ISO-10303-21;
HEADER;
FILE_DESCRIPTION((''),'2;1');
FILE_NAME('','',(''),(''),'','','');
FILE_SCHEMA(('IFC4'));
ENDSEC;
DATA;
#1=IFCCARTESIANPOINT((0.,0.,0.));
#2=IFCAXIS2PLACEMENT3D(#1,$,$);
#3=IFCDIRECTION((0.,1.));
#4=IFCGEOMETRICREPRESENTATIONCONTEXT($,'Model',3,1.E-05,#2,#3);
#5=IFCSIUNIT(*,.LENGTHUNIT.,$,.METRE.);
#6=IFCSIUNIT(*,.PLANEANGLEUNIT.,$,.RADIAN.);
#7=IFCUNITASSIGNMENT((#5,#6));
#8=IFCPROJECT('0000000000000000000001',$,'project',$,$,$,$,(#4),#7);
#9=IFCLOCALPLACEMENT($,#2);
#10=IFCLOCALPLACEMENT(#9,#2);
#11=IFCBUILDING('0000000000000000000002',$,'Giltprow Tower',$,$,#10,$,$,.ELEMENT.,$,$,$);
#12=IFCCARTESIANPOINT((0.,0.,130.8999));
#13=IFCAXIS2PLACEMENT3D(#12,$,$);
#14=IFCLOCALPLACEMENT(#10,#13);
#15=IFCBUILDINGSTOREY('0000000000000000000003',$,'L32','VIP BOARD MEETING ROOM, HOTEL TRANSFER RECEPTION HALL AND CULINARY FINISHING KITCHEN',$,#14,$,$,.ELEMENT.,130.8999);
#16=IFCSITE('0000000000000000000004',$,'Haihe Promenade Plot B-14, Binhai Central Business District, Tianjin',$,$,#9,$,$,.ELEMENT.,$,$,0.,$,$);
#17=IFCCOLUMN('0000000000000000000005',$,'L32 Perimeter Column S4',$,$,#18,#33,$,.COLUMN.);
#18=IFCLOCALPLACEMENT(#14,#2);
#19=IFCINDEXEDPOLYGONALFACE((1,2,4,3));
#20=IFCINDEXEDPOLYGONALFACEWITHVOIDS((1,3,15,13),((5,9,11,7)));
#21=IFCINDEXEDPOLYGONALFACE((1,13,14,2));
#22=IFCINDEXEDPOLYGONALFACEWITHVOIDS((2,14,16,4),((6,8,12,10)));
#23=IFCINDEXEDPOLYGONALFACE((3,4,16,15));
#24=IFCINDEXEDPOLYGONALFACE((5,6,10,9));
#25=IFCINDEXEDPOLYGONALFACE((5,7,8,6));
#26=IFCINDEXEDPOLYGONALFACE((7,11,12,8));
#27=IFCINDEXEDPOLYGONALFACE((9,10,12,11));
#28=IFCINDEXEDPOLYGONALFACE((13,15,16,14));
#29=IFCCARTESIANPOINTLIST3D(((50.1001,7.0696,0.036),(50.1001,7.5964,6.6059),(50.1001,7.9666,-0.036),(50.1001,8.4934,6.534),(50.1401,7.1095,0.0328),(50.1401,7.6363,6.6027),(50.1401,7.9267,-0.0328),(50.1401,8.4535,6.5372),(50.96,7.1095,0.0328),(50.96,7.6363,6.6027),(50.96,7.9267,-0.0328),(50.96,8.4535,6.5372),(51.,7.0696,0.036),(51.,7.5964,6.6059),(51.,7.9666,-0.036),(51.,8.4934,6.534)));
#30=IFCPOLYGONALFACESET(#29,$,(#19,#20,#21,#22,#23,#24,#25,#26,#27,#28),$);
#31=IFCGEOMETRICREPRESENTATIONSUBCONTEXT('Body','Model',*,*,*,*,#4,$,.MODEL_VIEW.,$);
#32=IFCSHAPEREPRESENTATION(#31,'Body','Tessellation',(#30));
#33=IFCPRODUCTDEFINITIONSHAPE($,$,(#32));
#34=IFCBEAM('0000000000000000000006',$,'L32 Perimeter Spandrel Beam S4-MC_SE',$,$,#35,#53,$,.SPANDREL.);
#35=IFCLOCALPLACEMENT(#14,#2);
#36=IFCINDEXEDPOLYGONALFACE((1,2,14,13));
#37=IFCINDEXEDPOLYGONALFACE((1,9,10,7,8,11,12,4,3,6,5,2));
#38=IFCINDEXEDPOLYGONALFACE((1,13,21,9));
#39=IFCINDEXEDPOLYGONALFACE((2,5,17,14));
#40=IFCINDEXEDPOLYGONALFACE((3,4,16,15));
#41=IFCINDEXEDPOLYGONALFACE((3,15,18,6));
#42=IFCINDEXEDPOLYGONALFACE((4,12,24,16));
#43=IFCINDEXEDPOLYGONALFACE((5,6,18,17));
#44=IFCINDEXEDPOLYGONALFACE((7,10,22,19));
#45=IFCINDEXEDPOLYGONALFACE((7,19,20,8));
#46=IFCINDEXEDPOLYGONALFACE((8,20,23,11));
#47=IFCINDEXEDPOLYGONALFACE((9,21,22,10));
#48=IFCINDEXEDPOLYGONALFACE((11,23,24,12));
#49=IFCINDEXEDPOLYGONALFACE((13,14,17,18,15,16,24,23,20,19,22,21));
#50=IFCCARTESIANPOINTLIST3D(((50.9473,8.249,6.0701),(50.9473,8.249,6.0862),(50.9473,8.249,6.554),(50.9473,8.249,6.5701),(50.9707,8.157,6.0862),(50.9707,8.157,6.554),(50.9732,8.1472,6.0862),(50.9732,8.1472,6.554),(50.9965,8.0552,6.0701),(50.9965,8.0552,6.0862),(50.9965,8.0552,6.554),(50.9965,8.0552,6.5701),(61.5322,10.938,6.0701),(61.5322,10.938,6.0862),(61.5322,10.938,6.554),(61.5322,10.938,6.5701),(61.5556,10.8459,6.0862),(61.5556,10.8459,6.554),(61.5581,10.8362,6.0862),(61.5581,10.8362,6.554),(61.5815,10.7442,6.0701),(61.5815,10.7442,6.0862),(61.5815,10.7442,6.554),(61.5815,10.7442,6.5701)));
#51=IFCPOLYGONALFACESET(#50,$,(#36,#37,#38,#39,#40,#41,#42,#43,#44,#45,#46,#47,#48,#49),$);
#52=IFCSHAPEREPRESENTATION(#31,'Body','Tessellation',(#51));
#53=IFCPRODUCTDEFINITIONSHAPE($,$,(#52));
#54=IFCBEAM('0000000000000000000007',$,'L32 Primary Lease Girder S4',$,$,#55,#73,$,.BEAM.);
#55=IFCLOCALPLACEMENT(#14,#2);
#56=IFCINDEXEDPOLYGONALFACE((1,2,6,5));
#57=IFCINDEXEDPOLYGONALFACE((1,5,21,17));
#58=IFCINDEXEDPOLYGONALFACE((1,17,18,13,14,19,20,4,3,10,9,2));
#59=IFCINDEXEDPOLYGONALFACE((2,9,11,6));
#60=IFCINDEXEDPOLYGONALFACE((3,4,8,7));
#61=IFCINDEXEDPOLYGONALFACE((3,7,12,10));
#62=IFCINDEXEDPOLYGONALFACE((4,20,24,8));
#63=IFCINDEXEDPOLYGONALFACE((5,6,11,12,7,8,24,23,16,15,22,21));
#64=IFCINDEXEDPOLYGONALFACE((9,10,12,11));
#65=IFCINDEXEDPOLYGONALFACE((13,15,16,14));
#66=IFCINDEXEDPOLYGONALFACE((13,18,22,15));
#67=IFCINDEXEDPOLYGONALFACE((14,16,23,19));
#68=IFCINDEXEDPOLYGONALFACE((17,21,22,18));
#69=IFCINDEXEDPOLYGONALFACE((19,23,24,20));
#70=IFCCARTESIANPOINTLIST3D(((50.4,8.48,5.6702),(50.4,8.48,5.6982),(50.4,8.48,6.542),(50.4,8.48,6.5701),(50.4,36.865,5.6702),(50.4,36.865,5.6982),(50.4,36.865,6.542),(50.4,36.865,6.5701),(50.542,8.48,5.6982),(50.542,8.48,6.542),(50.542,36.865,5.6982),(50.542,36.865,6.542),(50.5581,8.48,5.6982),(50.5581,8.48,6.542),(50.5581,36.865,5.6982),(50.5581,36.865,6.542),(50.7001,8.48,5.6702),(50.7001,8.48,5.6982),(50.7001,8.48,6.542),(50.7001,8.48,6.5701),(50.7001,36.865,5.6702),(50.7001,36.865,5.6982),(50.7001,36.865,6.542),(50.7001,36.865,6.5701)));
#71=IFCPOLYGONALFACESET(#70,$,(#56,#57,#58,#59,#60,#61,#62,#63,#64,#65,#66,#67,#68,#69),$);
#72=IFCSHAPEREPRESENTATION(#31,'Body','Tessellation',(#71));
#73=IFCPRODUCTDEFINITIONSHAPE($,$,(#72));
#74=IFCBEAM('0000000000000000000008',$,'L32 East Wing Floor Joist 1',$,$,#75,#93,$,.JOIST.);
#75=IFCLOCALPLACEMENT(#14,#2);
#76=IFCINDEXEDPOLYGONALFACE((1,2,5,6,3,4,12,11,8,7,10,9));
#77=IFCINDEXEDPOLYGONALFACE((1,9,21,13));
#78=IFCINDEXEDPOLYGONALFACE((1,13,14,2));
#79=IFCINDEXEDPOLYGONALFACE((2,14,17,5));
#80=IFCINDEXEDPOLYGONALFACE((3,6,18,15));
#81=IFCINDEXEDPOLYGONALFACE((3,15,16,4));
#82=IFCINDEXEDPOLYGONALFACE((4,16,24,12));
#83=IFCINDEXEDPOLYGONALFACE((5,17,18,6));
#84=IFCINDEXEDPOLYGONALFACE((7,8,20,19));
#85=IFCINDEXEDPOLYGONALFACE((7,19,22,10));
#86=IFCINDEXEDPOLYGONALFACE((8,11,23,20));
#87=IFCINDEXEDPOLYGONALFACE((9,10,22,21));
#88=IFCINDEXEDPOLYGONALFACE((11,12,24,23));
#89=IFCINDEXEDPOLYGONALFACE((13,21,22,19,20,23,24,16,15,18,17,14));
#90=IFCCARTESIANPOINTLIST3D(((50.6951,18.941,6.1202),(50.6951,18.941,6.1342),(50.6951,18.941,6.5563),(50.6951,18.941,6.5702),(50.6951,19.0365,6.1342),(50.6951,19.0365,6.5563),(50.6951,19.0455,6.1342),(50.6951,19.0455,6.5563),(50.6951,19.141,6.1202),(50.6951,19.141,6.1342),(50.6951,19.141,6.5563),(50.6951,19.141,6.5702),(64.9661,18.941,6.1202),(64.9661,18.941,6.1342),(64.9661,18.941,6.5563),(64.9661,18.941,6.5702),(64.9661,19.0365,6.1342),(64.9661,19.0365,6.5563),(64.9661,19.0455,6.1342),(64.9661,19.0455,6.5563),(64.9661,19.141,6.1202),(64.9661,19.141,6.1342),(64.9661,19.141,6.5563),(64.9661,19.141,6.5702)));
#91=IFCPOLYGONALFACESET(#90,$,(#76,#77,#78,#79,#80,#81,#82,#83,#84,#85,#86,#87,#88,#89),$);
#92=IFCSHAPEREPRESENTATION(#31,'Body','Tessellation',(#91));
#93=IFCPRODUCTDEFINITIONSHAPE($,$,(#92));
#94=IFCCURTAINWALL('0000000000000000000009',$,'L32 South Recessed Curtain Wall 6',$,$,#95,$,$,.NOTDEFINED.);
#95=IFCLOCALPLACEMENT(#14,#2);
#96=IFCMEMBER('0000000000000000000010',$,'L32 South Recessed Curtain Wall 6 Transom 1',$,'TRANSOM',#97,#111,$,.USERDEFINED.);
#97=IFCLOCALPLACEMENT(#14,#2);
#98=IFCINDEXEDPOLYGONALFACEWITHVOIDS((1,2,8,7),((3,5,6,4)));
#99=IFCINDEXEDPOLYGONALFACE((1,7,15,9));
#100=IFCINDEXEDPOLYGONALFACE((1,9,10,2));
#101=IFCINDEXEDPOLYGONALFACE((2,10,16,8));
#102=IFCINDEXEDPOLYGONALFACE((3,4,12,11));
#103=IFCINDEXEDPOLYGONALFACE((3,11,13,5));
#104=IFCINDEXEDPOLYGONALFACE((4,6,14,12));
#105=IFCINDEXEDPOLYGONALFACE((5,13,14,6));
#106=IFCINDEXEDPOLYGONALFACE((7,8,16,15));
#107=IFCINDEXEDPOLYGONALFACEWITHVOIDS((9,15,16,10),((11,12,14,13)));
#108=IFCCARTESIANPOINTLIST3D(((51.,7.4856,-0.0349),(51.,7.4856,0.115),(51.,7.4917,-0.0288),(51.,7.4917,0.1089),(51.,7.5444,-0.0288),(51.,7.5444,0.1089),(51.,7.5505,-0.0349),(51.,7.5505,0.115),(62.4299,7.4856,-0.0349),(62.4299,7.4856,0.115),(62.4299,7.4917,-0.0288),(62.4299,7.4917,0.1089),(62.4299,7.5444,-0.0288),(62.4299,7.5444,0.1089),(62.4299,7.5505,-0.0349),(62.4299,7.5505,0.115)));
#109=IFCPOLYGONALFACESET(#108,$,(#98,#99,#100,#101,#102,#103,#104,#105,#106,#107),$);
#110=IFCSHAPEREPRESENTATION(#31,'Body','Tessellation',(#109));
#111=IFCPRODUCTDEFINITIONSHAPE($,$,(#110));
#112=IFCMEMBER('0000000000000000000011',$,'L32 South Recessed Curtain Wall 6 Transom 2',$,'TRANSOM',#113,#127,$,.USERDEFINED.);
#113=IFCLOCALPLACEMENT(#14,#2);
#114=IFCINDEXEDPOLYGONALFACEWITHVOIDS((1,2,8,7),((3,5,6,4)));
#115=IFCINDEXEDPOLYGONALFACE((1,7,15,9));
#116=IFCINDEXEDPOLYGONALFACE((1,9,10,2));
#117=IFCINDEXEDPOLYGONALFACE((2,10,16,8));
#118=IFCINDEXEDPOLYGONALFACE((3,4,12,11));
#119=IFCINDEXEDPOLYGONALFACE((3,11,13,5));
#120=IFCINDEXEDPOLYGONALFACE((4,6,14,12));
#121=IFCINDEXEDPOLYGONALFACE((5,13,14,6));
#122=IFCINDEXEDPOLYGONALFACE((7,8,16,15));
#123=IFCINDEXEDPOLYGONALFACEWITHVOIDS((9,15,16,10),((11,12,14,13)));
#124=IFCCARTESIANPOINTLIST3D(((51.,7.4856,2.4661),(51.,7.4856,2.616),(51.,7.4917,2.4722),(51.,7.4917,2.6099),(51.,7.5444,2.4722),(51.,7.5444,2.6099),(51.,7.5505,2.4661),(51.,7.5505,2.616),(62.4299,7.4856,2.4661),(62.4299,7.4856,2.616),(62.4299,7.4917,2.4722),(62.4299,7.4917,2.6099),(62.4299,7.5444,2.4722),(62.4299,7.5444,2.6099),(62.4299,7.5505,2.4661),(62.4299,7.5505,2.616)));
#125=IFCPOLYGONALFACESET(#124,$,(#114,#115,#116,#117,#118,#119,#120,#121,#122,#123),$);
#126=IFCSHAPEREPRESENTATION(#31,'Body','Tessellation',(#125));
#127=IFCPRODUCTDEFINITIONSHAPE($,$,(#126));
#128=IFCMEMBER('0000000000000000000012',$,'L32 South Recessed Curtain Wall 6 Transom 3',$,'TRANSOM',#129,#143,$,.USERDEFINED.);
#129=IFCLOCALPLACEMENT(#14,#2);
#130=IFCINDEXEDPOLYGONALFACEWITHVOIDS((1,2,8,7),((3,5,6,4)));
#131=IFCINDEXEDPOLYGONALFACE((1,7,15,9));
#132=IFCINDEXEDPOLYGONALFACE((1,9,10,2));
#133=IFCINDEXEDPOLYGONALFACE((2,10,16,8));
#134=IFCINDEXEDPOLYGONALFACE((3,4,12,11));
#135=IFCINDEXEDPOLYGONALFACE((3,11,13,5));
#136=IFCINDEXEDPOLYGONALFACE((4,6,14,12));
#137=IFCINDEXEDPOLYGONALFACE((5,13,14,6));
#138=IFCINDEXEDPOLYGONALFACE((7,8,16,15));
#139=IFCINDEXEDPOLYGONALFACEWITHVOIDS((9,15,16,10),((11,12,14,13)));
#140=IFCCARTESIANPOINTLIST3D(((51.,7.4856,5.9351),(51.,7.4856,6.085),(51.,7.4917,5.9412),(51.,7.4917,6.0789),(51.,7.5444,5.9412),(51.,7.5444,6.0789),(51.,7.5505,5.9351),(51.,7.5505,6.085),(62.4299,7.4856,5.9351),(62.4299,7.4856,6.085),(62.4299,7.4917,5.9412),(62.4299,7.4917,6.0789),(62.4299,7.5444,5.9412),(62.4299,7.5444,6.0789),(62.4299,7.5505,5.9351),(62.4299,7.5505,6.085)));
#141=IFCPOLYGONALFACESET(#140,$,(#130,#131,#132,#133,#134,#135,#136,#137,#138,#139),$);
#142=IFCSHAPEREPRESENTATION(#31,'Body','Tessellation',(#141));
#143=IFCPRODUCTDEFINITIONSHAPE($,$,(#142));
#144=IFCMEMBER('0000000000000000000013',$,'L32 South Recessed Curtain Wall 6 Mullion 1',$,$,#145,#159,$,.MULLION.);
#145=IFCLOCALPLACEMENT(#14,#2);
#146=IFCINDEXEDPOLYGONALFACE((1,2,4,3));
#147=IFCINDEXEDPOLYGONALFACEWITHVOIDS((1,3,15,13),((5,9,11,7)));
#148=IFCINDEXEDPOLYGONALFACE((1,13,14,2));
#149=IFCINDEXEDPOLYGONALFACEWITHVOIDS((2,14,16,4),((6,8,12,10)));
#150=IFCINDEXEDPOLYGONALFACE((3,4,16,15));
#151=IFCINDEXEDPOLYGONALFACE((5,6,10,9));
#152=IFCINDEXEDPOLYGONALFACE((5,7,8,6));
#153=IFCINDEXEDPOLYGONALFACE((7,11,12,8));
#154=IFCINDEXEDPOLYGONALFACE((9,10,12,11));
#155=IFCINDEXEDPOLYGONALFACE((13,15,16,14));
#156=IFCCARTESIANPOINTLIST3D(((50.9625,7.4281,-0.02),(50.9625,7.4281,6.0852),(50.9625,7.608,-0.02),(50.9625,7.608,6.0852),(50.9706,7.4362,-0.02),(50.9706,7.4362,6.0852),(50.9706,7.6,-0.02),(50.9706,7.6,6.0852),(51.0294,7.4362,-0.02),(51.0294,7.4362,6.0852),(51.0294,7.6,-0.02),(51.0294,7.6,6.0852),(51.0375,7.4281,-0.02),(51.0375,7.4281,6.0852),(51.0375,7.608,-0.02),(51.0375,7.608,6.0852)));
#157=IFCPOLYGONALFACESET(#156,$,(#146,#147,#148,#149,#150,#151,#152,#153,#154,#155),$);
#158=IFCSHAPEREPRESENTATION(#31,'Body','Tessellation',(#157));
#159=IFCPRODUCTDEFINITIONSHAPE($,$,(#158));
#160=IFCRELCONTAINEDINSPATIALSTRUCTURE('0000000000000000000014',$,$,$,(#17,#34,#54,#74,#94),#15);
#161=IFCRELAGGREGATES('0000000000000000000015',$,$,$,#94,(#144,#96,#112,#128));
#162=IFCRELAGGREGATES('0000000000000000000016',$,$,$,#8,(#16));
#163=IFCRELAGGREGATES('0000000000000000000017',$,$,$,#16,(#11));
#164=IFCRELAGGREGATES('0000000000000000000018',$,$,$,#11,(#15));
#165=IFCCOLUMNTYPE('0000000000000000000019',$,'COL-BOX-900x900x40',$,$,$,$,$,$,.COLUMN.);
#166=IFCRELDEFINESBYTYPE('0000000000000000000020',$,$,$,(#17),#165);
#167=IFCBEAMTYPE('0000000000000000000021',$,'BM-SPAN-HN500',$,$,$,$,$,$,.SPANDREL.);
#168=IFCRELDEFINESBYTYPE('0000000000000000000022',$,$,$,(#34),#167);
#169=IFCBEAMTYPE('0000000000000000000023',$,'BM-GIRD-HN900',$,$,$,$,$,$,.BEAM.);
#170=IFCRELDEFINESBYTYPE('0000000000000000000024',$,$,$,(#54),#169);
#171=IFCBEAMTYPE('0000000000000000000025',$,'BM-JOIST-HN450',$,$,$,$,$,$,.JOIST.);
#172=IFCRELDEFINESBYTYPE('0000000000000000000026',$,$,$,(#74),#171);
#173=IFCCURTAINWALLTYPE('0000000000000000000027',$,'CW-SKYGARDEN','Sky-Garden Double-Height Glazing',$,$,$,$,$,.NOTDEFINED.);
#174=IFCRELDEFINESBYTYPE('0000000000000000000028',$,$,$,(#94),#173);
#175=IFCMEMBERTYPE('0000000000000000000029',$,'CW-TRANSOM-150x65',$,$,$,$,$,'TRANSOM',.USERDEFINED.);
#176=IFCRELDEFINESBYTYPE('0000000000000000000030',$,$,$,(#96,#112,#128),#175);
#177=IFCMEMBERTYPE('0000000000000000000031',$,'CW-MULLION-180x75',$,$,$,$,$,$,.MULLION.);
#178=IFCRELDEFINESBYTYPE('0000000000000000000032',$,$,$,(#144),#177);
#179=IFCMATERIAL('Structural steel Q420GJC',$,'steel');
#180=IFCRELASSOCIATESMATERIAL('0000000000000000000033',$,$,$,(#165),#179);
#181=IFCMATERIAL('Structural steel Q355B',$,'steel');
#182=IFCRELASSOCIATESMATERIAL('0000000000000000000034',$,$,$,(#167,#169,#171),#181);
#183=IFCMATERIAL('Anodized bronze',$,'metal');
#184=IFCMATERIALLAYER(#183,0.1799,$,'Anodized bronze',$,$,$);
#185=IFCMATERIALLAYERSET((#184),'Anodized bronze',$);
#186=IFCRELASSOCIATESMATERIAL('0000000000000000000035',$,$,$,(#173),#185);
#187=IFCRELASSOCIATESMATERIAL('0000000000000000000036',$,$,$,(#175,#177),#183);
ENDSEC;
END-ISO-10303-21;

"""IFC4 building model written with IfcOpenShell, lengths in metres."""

from ifc_helpers import new_model, si_unit, direction, frame, origin, origin_2d, place, context, subcontext, project, spatial, hollow_rectangle, i_section, extrude, source, transform, mapped, material, layer, layer_set, material_profile, profile_set, type_object, element, aggregate, save


model = new_model("IFC4")

# Units and contexts
model_context = context("Model", 3, precision=1e-05, world=origin(), true_north=direction((0.0, 1.0)))
body_context = subcontext(model_context, "Body", "Model", "MODEL_VIEW")
ifc_project = project(units=[si_unit("LENGTHUNIT", "METRE"), si_unit("PLANEANGLEUNIT", "RADIAN")], contexts=[model_context])

# Site, building, storey
site_placement = place(None, origin())
site = spatial("IfcSite", under=ifc_project, at=site_placement, Name="Haihe Promenade Plot B-14, Binhai Central Business District, Tianjin", CompositionType="ELEMENT", RefElevation=0.0)
building_placement = place(site_placement, origin())
building = spatial("IfcBuilding", under=site, at=building_placement, Name="Giltprow Tower", CompositionType="ELEMENT")
storey_placement = place(building_placement, frame((0.0, 0.0, 130.8999)))
storey = spatial("IfcBuildingStorey", under=building, at=storey_placement, Name="L32", Description="VIP BOARD MEETING ROOM, HOTEL TRANSFER RECEPTION HALL AND CULINARY FINISHING KITCHEN", CompositionType="ELEMENT", Elevation=130.8999)

# Column
ifc_material_1 = material(Name="Structural steel Q420GJC", Category="steel")
ifc_material_profile_1 = material_profile(ifc_material_1, hollow_rectangle(XDim=0.8999, YDim=0.8999, WallThickness=0.04, at=origin_2d()), Name="BOX 900x900x40")
ifc_profile_set_1 = profile_set([ifc_material_profile_1], Name="Structural steel Q420GJC")
column_type = type_object("IfcColumnType", Name="COL-BOX-900x900x40", PredefinedType="COLUMN", material=ifc_profile_set_1)
shared_shape_1 = source(origin(), body_context, "Body", "SweptSolid", [
    extrude(hollow_rectangle(XDim=0.8999, YDim=0.8999, WallThickness=0.04, at=origin_2d()), origin(), (0.0, 0.0, 1.0), 6.5911),
])
column_placement = place(storey_placement, frame((50.55, 7.5181, 0.0), z_axis=(0.0, 0.079934, 0.9968), x_axis=(-1.0, 0.0, 0.0)))
element("IfcColumn", 1, at=column_placement, inside=storey, type_object=column_type, Name="L32 Perimeter Column S4", PredefinedType="COLUMN", context=body_context, shape_type="MappedRepresentation", body=[
    mapped(shared_shape_1, transform((0.0, 0.0, 0.0), x_axis=(1.0, 0.0, 0.0), y_axis=(0.0, 1.0, 0.0), z_axis=(0.0, 0.0, 1.0), scale=1.0)),
])

# Beams
ifc_material_2 = material(Name="Structural steel Q355B", Category="steel")
ifc_material_profile_2 = material_profile(ifc_material_2, i_section(OverallWidth=0.2, OverallDepth=0.5, WebThickness=0.01, FlangeThickness=0.0161, at=origin_2d()), Name="HN 500x200x10x16")
ifc_profile_set_2 = profile_set([ifc_material_profile_2], Name="Structural steel Q355B")
beam_type_1 = type_object("IfcBeamType", Name="BM-SPAN-HN500", PredefinedType="SPANDREL", material=ifc_profile_set_2)
shared_shape_2 = source(origin(), body_context, "Body", "SweptSolid", [
    extrude(i_section(OverallWidth=0.2, OverallDepth=0.5, WebThickness=0.01, FlangeThickness=0.0161, at=origin_2d()), origin(), (0.0, 0.0, 1.0), 10.9211),
])
beam_1_placement = place(storey_placement, frame((50.9719, 8.1521, 6.3201), z_axis=(0.969215, 0.246216, 0.0), x_axis=(-0.246216, 0.969215, 0.0)))
element("IfcBeam", 2, at=beam_1_placement, inside=storey, type_object=beam_type_1, Name="L32 Perimeter Spandrel Beam S4-MC_SE", PredefinedType="SPANDREL", context=body_context, shape_type="MappedRepresentation", body=[
    mapped(shared_shape_2, transform((0.0, 0.0, 0.0), x_axis=(1.0, 0.0, 0.0), y_axis=(0.0, 1.0, 0.0), z_axis=(0.0, 0.0, 1.0), scale=1.0)),
])
ifc_material_profile_3 = material_profile(ifc_material_2, i_section(OverallWidth=0.3, OverallDepth=0.8999, WebThickness=0.0161, FlangeThickness=0.0281, at=origin_2d()), Name="HN 900x300x16x28")
ifc_profile_set_3 = profile_set([ifc_material_profile_3], Name="Structural steel Q355B")
beam_type_2 = type_object("IfcBeamType", Name="BM-GIRD-HN900", PredefinedType="BEAM", material=ifc_profile_set_3)
shared_shape_3 = source(origin(), body_context, "Body", "SweptSolid", [
    extrude(i_section(OverallWidth=0.3, OverallDepth=0.8999, WebThickness=0.0161, FlangeThickness=0.0281, at=origin_2d()), origin(), (0.0, 0.0, 1.0), 28.385),
])
beam_2_placement = place(storey_placement, frame((50.55, 8.48, 6.1201), z_axis=(0.0, 1.0, 0.0), x_axis=(-1.0, 0.0, 0.0)))
element("IfcBeam", 3, at=beam_2_placement, inside=storey, type_object=beam_type_2, Name="L32 Primary Lease Girder S4", PredefinedType="BEAM", context=body_context, shape_type="MappedRepresentation", body=[
    mapped(shared_shape_3, transform((0.0, 0.0, 0.0), x_axis=(1.0, 0.0, 0.0), y_axis=(0.0, 1.0, 0.0), z_axis=(0.0, 0.0, 1.0), scale=1.0)),
])
ifc_material_profile_4 = material_profile(ifc_material_2, i_section(OverallWidth=0.2, OverallDepth=0.45, WebThickness=0.009, FlangeThickness=0.0139, at=origin_2d()), Name="HN 450x200x9x14")
ifc_profile_set_4 = profile_set([ifc_material_profile_4], Name="Structural steel Q355B")
beam_type_3 = type_object("IfcBeamType", Name="BM-JOIST-HN450", PredefinedType="JOIST", material=ifc_profile_set_4)
shared_shape_4 = source(origin(), body_context, "Body", "SweptSolid", [
    extrude(i_section(OverallWidth=0.2, OverallDepth=0.45, WebThickness=0.009, FlangeThickness=0.0139, at=origin_2d()), origin(), (0.0, 0.0, 1.0), 14.271),
])
beam_3_placement = place(storey_placement, frame((50.6951, 19.041, 6.3452), z_axis=(1.0, 0.0, 0.0), x_axis=(0.0, 1.0, 0.0)))
element("IfcBeam", 4, at=beam_3_placement, inside=storey, type_object=beam_type_3, Name="L32 East Wing Floor Joist 1", PredefinedType="JOIST", context=body_context, shape_type="MappedRepresentation", body=[
    mapped(shared_shape_4, transform((0.0, 0.0, 0.0), x_axis=(1.0, 0.0, 0.0), y_axis=(0.0, 1.0, 0.0), z_axis=(0.0, 0.0, 1.0), scale=1.0)),
])

# Curtain wall, members
ifc_material_3 = material(Name="Anodized bronze", Category="metal")
ifc_layer = layer(ifc_material_3, 0.1799, Name="Anodized bronze")
ifc_layer_set = layer_set([ifc_layer], Name="Anodized bronze")
curtain_wall_type = type_object("IfcCurtainWallType", Name="CW-SKYGARDEN", Description="Sky-Garden Double-Height Glazing", PredefinedType="NOTDEFINED", material=ifc_layer_set)
curtain_wall_placement = place(storey_placement, origin())
curtain_wall = element("IfcCurtainWall", 5, at=curtain_wall_placement, inside=storey, type_object=curtain_wall_type, Name="L32 South Recessed Curtain Wall 6", PredefinedType="NOTDEFINED")
ifc_material_profile_5 = material_profile(ifc_material_3, hollow_rectangle(XDim=0.0649, YDim=0.1499, WallThickness=0.0061, at=origin_2d()), Name="RHS 150x65x6")
ifc_profile_set_5 = profile_set([ifc_material_profile_5], Name="Anodized bronze")
member_type_1 = type_object("IfcMemberType", Name="CW-TRANSOM-150x65", ElementType="TRANSOM", PredefinedType="USERDEFINED", material=ifc_profile_set_5)
shared_shape_5 = source(origin(), body_context, "Body", "SweptSolid", [
    extrude(hollow_rectangle(XDim=0.0649, YDim=0.1499, WallThickness=0.0061, at=origin_2d()), origin(), (0.0, 0.0, 1.0), 11.4299),
])
member_1_placement = place(storey_placement, frame((51.0, 7.5181, 0.04), z_axis=(1.0, 0.0, 0.0), x_axis=(0.0, 1.0, 0.0)))
member_1 = element("IfcMember", 6, at=member_1_placement, type_object=member_type_1, Name="L32 South Recessed Curtain Wall 6 Transom 1", ObjectType="TRANSOM", PredefinedType="USERDEFINED", context=body_context, shape_type="MappedRepresentation", body=[
    mapped(shared_shape_5, transform((0.0, 0.0, 0.0), x_axis=(1.0, 0.0, 0.0), y_axis=(0.0, 1.0, 0.0), z_axis=(0.0, 0.0, 1.0), scale=1.0)),
])
member_2_placement = place(storey_placement, frame((51.0, 7.5181, 2.541), z_axis=(1.0, 0.0, 0.0), x_axis=(0.0, 1.0, 0.0)))
member_2 = element("IfcMember", 7, at=member_2_placement, type_object=member_type_1, Name="L32 South Recessed Curtain Wall 6 Transom 2", ObjectType="TRANSOM", PredefinedType="USERDEFINED", context=body_context, shape_type="MappedRepresentation", body=[
    mapped(shared_shape_5, transform((0.0, 0.0, 0.0), x_axis=(1.0, 0.0, 0.0), y_axis=(0.0, 1.0, 0.0), z_axis=(0.0, 0.0, 1.0), scale=1.0)),
])
member_3_placement = place(storey_placement, frame((51.0, 7.5181, 6.01), z_axis=(1.0, 0.0, 0.0), x_axis=(0.0, 1.0, 0.0)))
member_3 = element("IfcMember", 8, at=member_3_placement, type_object=member_type_1, Name="L32 South Recessed Curtain Wall 6 Transom 3", ObjectType="TRANSOM", PredefinedType="USERDEFINED", context=body_context, shape_type="MappedRepresentation", body=[
    mapped(shared_shape_5, transform((0.0, 0.0, 0.0), x_axis=(1.0, 0.0, 0.0), y_axis=(0.0, 1.0, 0.0), z_axis=(0.0, 0.0, 1.0), scale=1.0)),
])
ifc_material_profile_6 = material_profile(ifc_material_3, hollow_rectangle(XDim=0.075, YDim=0.1799, WallThickness=0.0081, at=origin_2d()), Name="RHS 180x75x8")
ifc_profile_set_6 = profile_set([ifc_material_profile_6], Name="Anodized bronze")
member_type_2 = type_object("IfcMemberType", Name="CW-MULLION-180x75", PredefinedType="MULLION", material=ifc_profile_set_6)
shared_shape_6 = source(origin(), body_context, "Body", "SweptSolid", [
    extrude(hollow_rectangle(XDim=0.075, YDim=0.1799, WallThickness=0.0081, at=origin_2d()), origin(), (0.0, 0.0, 1.0), 6.1052),
])
member_4_placement = place(storey_placement, frame((51.0, 7.5181, -0.02), z_axis=(0.0, 0.0, 1.0), x_axis=(1.0, 0.0, 0.0)))
member_4 = element("IfcMember", 9, at=member_4_placement, type_object=member_type_2, Name="L32 South Recessed Curtain Wall 6 Mullion 1", PredefinedType="MULLION", context=body_context, shape_type="MappedRepresentation", body=[
    mapped(shared_shape_6, transform((0.0, 0.0, 0.0), x_axis=(1.0, 0.0, 0.0), y_axis=(0.0, 1.0, 0.0), z_axis=(0.0, 0.0, 1.0), scale=1.0)),
])

aggregate(curtain_wall, [member_4, member_1, member_2, member_3])

save(model, "model.ifc")
